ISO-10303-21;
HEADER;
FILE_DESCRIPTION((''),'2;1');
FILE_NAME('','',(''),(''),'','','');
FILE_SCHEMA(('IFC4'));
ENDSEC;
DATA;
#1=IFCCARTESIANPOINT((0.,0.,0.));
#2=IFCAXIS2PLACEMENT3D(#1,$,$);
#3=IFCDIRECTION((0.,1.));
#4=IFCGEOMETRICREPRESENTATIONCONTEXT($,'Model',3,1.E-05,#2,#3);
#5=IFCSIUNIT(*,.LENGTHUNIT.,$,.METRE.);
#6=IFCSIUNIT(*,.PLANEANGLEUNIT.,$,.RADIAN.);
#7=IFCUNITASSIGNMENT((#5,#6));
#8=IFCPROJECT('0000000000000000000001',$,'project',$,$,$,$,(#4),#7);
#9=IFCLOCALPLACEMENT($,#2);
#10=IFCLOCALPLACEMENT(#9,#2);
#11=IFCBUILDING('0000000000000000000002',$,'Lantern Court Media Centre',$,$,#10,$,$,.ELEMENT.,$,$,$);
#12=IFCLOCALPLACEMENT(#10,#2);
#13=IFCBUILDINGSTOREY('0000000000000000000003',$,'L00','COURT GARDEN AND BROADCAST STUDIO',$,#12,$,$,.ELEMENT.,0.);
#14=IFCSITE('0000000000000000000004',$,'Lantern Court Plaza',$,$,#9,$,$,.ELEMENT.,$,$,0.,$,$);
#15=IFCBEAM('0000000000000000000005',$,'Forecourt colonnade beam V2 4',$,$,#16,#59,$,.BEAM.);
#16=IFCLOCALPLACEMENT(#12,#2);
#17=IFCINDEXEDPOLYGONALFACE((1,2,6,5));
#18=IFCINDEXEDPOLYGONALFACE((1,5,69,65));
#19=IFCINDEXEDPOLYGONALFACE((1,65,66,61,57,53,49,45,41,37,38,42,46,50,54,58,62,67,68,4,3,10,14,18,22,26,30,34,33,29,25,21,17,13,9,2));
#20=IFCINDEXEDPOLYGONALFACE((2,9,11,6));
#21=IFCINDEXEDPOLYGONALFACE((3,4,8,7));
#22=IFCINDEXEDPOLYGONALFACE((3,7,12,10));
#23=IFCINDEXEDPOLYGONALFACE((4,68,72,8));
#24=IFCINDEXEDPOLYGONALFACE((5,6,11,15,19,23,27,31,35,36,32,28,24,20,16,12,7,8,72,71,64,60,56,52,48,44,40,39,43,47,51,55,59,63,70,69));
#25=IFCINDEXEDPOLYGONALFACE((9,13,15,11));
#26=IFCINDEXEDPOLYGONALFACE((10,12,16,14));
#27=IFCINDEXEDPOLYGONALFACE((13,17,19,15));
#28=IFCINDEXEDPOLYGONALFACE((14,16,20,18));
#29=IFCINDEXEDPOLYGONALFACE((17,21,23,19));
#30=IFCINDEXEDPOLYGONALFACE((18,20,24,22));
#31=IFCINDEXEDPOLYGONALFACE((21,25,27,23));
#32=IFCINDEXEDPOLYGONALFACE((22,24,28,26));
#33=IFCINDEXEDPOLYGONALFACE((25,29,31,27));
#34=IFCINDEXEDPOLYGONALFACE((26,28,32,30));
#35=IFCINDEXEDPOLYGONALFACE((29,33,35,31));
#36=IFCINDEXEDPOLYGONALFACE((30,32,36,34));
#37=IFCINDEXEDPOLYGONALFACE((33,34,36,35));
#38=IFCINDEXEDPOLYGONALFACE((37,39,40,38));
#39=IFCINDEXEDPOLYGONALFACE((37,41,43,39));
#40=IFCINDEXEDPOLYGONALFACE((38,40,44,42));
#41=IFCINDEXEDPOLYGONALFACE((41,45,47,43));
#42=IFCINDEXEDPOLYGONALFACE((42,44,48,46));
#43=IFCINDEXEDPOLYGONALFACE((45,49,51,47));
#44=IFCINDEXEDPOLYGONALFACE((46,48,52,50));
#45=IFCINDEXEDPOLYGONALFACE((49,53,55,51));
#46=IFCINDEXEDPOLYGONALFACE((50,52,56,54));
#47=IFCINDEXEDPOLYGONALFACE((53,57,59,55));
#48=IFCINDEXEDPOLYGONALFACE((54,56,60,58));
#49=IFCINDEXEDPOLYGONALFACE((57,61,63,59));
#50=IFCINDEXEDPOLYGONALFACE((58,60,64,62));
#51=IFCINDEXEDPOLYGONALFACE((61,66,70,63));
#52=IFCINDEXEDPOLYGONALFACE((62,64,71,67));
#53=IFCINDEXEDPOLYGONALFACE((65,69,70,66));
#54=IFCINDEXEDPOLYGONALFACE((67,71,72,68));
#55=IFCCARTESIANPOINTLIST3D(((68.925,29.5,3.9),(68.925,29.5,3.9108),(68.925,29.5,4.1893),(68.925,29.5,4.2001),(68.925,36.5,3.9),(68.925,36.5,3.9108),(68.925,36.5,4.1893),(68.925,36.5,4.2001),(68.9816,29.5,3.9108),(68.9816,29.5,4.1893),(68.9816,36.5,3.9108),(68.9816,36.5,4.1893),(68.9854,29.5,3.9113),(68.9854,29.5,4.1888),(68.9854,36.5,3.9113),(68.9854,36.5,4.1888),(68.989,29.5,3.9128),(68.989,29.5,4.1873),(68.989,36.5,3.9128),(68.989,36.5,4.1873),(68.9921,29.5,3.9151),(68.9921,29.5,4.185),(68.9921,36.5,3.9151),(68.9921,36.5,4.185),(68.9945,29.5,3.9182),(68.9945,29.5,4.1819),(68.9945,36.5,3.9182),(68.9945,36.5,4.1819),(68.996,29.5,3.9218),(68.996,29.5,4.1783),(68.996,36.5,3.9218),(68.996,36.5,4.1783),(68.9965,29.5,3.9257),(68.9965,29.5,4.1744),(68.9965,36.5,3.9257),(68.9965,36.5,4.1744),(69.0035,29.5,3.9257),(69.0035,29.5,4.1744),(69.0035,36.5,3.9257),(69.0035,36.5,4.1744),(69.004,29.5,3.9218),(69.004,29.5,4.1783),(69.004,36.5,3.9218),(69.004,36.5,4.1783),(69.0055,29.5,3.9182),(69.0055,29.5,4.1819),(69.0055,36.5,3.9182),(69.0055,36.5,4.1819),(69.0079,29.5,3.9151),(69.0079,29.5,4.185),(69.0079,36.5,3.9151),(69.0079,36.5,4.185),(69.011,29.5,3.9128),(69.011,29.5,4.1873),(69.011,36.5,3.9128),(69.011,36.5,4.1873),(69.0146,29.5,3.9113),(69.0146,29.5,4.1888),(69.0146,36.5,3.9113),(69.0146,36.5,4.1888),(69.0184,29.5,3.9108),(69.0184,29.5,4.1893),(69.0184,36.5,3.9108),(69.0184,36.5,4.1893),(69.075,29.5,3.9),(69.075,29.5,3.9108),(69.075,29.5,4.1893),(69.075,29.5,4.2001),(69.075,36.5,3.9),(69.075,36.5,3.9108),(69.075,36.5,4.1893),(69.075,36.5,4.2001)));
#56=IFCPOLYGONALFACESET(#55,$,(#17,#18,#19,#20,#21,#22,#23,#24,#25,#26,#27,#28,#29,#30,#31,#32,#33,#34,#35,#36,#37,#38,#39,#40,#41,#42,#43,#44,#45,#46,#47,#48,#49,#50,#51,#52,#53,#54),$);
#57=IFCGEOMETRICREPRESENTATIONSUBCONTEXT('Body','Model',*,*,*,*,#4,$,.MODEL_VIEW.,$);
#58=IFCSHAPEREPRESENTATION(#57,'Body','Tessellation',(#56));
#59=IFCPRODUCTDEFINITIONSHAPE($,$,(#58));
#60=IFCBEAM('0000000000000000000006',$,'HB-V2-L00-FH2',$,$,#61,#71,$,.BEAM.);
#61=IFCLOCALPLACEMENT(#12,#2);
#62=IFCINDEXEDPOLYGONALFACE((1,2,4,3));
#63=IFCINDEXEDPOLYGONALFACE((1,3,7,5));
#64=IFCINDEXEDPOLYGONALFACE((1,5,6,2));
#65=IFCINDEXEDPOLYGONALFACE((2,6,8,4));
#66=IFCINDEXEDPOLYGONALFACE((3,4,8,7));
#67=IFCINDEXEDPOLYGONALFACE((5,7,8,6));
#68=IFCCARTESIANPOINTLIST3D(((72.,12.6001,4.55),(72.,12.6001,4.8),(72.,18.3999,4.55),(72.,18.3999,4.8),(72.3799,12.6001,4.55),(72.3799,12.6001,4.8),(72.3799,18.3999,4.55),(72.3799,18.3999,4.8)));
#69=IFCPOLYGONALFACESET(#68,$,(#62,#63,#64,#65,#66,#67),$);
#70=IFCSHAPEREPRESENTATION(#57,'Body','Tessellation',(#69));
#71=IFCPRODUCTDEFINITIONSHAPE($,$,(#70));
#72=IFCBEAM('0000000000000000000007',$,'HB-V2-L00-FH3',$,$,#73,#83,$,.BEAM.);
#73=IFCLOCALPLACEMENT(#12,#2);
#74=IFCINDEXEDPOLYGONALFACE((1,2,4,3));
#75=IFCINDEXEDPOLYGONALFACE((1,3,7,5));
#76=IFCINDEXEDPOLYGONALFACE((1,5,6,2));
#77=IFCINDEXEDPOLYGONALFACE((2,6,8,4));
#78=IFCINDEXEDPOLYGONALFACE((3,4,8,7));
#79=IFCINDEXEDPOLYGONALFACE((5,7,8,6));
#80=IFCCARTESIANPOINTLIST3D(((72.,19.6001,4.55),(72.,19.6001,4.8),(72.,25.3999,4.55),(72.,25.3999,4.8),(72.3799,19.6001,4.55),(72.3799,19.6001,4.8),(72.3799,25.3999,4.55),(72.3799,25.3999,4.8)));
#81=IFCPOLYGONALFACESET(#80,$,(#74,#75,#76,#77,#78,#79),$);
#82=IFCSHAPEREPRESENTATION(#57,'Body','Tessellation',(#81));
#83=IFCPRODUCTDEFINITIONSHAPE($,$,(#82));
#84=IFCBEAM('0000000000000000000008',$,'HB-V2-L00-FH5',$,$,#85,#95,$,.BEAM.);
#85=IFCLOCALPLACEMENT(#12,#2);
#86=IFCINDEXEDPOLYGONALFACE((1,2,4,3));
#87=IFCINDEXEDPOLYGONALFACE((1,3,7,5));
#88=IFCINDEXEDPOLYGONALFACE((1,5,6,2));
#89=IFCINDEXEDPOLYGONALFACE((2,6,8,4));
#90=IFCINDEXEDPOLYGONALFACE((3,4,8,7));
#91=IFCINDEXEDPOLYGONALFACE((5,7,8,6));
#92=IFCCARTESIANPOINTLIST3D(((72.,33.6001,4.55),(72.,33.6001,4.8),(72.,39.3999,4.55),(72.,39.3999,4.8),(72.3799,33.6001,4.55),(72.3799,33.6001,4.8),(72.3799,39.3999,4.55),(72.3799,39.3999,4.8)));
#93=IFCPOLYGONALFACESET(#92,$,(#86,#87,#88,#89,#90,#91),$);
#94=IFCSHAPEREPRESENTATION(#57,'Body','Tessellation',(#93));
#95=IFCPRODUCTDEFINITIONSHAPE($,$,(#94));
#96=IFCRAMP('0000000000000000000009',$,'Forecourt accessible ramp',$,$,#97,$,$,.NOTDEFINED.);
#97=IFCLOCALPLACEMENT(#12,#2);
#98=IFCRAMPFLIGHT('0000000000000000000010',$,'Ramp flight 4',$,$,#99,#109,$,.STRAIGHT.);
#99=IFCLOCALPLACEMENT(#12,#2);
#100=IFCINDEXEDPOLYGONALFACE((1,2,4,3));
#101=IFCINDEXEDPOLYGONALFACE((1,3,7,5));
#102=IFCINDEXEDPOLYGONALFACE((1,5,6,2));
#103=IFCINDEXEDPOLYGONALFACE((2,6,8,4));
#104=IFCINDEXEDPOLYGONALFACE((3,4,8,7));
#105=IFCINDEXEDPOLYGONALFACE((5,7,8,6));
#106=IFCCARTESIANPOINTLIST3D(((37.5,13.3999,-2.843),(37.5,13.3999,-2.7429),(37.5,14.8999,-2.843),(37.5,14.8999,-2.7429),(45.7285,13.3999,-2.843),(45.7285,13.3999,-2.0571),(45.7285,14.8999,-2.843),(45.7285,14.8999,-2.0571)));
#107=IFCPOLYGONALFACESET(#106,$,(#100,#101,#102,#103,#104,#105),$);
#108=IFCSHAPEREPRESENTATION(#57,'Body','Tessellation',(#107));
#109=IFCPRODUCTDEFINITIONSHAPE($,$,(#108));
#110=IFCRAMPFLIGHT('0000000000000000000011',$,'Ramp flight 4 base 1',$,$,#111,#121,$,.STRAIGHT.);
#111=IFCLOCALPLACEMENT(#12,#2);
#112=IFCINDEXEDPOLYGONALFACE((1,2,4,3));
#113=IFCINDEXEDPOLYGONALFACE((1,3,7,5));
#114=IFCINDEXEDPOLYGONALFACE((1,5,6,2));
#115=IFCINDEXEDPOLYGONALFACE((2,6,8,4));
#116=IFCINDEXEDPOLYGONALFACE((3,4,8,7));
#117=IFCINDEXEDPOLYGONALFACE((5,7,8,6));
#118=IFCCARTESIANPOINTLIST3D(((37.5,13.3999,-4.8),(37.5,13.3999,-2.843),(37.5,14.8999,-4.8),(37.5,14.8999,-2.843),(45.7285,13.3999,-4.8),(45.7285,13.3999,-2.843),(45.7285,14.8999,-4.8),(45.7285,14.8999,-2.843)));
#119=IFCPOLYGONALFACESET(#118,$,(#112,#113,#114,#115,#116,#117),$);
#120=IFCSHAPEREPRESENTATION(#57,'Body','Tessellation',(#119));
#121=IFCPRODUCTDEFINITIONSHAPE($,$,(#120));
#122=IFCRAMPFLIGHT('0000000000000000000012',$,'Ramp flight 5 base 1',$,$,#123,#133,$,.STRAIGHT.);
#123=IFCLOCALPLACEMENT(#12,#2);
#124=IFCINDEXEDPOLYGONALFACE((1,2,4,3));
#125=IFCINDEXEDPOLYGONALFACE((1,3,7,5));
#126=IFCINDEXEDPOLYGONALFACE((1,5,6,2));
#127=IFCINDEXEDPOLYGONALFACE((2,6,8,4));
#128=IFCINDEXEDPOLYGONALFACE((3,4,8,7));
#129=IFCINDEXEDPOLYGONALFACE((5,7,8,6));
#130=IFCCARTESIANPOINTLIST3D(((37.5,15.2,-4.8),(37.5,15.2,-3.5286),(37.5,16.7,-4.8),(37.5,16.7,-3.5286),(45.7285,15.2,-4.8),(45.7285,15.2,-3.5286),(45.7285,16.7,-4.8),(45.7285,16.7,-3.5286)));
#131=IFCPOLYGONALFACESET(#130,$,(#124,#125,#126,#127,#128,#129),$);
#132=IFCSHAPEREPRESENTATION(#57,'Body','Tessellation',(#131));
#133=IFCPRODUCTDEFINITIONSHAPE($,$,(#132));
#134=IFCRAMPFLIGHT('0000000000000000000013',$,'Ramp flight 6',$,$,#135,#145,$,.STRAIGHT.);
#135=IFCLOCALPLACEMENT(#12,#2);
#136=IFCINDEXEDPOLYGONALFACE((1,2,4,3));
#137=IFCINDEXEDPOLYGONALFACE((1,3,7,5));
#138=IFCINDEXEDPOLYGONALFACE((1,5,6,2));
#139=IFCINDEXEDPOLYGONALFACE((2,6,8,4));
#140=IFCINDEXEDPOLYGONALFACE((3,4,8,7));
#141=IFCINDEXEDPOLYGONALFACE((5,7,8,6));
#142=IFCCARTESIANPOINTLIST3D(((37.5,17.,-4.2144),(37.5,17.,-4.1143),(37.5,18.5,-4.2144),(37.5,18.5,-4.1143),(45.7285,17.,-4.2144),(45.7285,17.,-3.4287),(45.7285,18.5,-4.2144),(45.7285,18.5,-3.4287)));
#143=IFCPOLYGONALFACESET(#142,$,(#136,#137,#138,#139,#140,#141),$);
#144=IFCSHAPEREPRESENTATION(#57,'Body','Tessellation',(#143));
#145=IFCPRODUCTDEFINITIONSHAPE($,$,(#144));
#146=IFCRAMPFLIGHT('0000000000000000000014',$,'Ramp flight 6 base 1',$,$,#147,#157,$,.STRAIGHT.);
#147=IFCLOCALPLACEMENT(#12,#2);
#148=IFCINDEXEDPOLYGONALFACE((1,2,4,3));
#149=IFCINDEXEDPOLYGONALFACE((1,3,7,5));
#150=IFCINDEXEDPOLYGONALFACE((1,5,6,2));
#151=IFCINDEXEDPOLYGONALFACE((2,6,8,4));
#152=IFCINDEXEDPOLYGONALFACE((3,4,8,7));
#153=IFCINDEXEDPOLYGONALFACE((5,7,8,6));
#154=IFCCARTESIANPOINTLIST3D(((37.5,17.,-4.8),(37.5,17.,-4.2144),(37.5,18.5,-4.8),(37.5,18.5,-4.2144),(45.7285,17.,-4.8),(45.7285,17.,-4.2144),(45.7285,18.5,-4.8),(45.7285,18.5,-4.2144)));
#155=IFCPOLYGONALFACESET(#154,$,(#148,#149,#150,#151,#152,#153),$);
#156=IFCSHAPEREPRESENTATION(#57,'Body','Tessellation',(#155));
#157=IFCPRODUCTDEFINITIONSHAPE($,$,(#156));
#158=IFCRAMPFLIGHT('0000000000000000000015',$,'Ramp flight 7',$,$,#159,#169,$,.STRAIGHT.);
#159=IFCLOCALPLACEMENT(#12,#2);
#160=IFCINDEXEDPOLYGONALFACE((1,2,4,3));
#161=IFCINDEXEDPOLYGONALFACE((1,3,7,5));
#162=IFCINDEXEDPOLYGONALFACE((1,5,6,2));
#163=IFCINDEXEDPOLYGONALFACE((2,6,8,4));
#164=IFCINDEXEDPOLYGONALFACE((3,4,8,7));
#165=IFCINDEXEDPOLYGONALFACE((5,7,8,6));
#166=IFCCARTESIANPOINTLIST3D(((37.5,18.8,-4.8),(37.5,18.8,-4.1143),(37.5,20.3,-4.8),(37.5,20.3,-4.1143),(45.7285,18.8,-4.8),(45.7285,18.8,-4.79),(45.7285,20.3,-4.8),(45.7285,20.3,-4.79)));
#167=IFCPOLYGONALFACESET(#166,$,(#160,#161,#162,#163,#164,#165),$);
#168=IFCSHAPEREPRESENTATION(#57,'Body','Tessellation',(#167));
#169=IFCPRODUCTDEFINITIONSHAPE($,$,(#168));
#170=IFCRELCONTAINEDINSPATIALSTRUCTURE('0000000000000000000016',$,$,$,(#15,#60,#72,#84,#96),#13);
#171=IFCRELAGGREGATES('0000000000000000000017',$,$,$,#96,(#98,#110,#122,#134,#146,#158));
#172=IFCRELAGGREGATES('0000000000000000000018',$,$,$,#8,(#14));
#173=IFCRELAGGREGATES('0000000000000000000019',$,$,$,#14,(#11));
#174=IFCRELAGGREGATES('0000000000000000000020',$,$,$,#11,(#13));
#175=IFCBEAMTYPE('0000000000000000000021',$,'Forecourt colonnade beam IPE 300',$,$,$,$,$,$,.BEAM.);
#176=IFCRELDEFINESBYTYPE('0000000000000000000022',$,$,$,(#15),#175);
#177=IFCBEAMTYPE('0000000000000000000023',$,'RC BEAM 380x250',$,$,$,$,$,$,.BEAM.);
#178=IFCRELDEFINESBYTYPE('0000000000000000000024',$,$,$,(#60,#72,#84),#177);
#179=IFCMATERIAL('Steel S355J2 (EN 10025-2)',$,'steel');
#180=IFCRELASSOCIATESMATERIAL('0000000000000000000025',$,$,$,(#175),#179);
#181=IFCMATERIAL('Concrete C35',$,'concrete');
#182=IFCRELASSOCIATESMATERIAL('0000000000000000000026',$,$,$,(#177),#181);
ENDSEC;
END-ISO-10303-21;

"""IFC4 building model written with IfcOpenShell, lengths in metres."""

from ifc_helpers import new_model, si_unit, direction, frame, frame_2d, origin, origin_2d, place, context, subcontext, project, spatial, polyline, rectangle, i_section, outline, extrude, material, material_profile, profile_set, type_object, element, aggregate, save


model = new_model("IFC4")

# Units and contexts
model_context = context("Model", 3, precision=1e-05, world=origin(), true_north=direction((0.0, 1.0)))
body_context = subcontext(model_context, "Body", "Model", "MODEL_VIEW")
ifc_project = project(units=[si_unit("LENGTHUNIT", "METRE"), si_unit("PLANEANGLEUNIT", "RADIAN")], contexts=[model_context])

# Site, building, storey
site_placement = place(None, origin())
site = spatial("IfcSite", under=ifc_project, at=site_placement, Name="Lantern Court Plaza", CompositionType="ELEMENT", RefElevation=0.0)
building_placement = place(site_placement, origin())
building = spatial("IfcBuilding", under=site, at=building_placement, Name="Lantern Court Media Centre", CompositionType="ELEMENT")
storey_placement = place(building_placement, origin())
storey = spatial("IfcBuildingStorey", under=building, at=storey_placement, Name="L00", Description="COURT GARDEN AND BROADCAST STUDIO", CompositionType="ELEMENT", Elevation=0.0)

# Shared definitions
ifc_material_1 = material(Name="Steel S355J2 (EN 10025-2)", Category="steel")

# Beams
ifc_material_profile_1 = material_profile(ifc_material_1, i_section(OverallWidth=0.1499, OverallDepth=0.3, WebThickness=0.0071, FlangeThickness=0.0107, FilletRadius=0.0149, at=origin_2d()), Name="IPE 300")
ifc_profile_set_1 = profile_set([ifc_material_profile_1], Name="Steel S355J2 (EN 10025-2)")
beam_type_1 = type_object("IfcBeamType", Name="Forecourt colonnade beam IPE 300", PredefinedType="BEAM", material=ifc_profile_set_1)
for number, where, z_axis, x_axis, name in (
    (1, (69.0, 29.5, 4.05), (0.0, 1.0, 0.0), (-1.0, 0.0, 0.0), "Forecourt colonnade beam V2 4"),
):
    element("IfcBeam", number, at=place(storey_placement, frame(where, z_axis=z_axis, x_axis=x_axis)), inside=storey, type_object=beam_type_1, Name=name, PredefinedType="BEAM", context=body_context, shape_type="SweptSolid", body=[
        extrude(i_section(OverallWidth=0.1499, OverallDepth=0.3, WebThickness=0.0071, FlangeThickness=0.0107, FilletRadius=0.0149, at=origin_2d()), origin(), (0.0, 0.0, 1.0), 7.0),
    ])
ifc_material_2 = material(Name="Concrete C35", Category="concrete")
ifc_material_profile_2 = material_profile(ifc_material_2, rectangle(XDim=0.3799, YDim=0.25, at=origin_2d()), Name="RC 380x250")
ifc_profile_set_2 = profile_set([ifc_material_profile_2], Name="Concrete C35")
beam_type_2 = type_object("IfcBeamType", Name="RC BEAM 380x250", PredefinedType="BEAM", material=ifc_profile_set_2)
for number, where, z_axis, x_axis, name in (
    (2, (72.1899, 12.6001, 4.675), (0.0, 1.0, 0.0), (-1.0, 0.0, 0.0), "HB-V2-L00-FH2"),
    (3, (72.1899, 19.6001, 4.675), (0.0, 1.0, 0.0), (-1.0, 0.0, 0.0), "HB-V2-L00-FH3"),
    (4, (72.1899, 33.6001, 4.675), (0.0, 1.0, 0.0), (-1.0, 0.0, 0.0), "HB-V2-L00-FH5"),
):
    element("IfcBeam", number, at=place(storey_placement, frame(where, z_axis=z_axis, x_axis=x_axis)), inside=storey, type_object=beam_type_2, Name=name, PredefinedType="BEAM", context=body_context, shape_type="SweptSolid", body=[
        extrude(rectangle(XDim=0.3799, YDim=0.25, at=origin_2d()), origin(), (0.0, 0.0, 1.0), 5.7998),
    ])

# Ramp, ramp flights
ramp_placement = place(storey_placement, origin())
ramp = element("IfcRamp", 5, at=ramp_placement, inside=storey, Name="Forecourt accessible ramp", PredefinedType="NOTDEFINED")
placement = place(building_placement, frame((0.0, 0.0, -4.8)))
ramp_flight_1_placement = place(placement, frame((45.7285, 14.1499, 1.957), z_axis=(0.0, 0.0, 1.0), x_axis=(-1.0, 0.0, 0.0)))
ramp_flight_1 = element("IfcRampFlight", 6, at=ramp_flight_1_placement, Name="Ramp flight 4", PredefinedType="STRAIGHT", context=body_context, shape_type="SweptSolid", body=[
    extrude(outline(polyline([(0.0, 0.0), (8.2285, 0.0), (8.2285, 0.1001), (0.0, 0.7859), (0.0, 0.0)])), frame((0.0, 0.75, 0.0), z_axis=(0.0, -1.0, 0.0), x_axis=(1.0, 0.0, 0.0)), (0.0, 0.0, 1.0), 1.5),
])
ramp_flight_2_placement = place(placement, frame((45.7285, 14.1499, 0.0), z_axis=(0.0, 0.0, 1.0), x_axis=(-1.0, 0.0, 0.0)))
ramp_flight_2 = element("IfcRampFlight", 7, at=ramp_flight_2_placement, Name="Ramp flight 4 base 1", PredefinedType="STRAIGHT", context=body_context, shape_type="SweptSolid", body=[
    extrude(rectangle(XDim=8.2285, YDim=1.5, at=frame_2d((4.1143, 0.0))), origin(), (0.0, 0.0, 1.0), 1.957),
])
ramp_flight_3_placement = place(placement, frame((37.5, 15.95, 0.0), z_axis=(0.0, 0.0, 1.0), x_axis=(1.0, 0.0, 0.0)))
ramp_flight_3 = element("IfcRampFlight", 8, at=ramp_flight_3_placement, Name="Ramp flight 5 base 1", PredefinedType="STRAIGHT", context=body_context, shape_type="SweptSolid", body=[
    extrude(rectangle(XDim=8.2285, YDim=1.5, at=frame_2d((4.1143, 0.0))), origin(), (0.0, 0.0, 1.0), 1.2715),
])
ramp_flight_4_placement = place(placement, frame((45.7285, 17.75, 0.5857), z_axis=(0.0, 0.0, 1.0), x_axis=(-1.0, 0.0, 0.0)))
ramp_flight_4 = element("IfcRampFlight", 9, at=ramp_flight_4_placement, Name="Ramp flight 6", PredefinedType="STRAIGHT", context=body_context, shape_type="SweptSolid", body=[
    extrude(outline(polyline([(0.0, 0.0), (8.2285, 0.0), (8.2285, 0.1001), (0.0, 0.7856), (0.0, 0.0)])), frame((0.0, 0.75, 0.0), z_axis=(0.0, -1.0, 0.0), x_axis=(1.0, 0.0, 0.0)), (0.0, 0.0, 1.0), 1.5),
])
ramp_flight_5_placement = place(placement, frame((45.7285, 17.75, 0.0), z_axis=(0.0, 0.0, 1.0), x_axis=(-1.0, 0.0, 0.0)))
ramp_flight_5 = element("IfcRampFlight", 10, at=ramp_flight_5_placement, Name="Ramp flight 6 base 1", PredefinedType="STRAIGHT", context=body_context, shape_type="SweptSolid", body=[
    extrude(rectangle(XDim=8.2285, YDim=1.5, at=frame_2d((4.1143, 0.0))), origin(), (0.0, 0.0, 1.0), 0.5857),
])
ramp_flight_6_placement = place(placement, frame((37.5, 19.55, 0.0), z_axis=(0.0, 0.0, 1.0), x_axis=(1.0, 0.0, 0.0)))
ramp_flight_6 = element("IfcRampFlight", 11, at=ramp_flight_6_placement, Name="Ramp flight 7", PredefinedType="STRAIGHT", context=body_context, shape_type="SweptSolid", body=[
    extrude(outline(polyline([(0.0, 0.0), (8.2285, 0.0), (8.2285, 0.01), (0.0, 0.6858), (0.0, 0.0)])), frame((0.0, 0.75, 0.0), z_axis=(0.0, -1.0, 0.0), x_axis=(1.0, 0.0, 0.0)), (0.0, 0.0, 1.0), 1.5),
])
aggregate(ramp, [ramp_flight_1, ramp_flight_2, ramp_flight_3, ramp_flight_4, ramp_flight_5, ramp_flight_6])

save(model, "model.ifc")
